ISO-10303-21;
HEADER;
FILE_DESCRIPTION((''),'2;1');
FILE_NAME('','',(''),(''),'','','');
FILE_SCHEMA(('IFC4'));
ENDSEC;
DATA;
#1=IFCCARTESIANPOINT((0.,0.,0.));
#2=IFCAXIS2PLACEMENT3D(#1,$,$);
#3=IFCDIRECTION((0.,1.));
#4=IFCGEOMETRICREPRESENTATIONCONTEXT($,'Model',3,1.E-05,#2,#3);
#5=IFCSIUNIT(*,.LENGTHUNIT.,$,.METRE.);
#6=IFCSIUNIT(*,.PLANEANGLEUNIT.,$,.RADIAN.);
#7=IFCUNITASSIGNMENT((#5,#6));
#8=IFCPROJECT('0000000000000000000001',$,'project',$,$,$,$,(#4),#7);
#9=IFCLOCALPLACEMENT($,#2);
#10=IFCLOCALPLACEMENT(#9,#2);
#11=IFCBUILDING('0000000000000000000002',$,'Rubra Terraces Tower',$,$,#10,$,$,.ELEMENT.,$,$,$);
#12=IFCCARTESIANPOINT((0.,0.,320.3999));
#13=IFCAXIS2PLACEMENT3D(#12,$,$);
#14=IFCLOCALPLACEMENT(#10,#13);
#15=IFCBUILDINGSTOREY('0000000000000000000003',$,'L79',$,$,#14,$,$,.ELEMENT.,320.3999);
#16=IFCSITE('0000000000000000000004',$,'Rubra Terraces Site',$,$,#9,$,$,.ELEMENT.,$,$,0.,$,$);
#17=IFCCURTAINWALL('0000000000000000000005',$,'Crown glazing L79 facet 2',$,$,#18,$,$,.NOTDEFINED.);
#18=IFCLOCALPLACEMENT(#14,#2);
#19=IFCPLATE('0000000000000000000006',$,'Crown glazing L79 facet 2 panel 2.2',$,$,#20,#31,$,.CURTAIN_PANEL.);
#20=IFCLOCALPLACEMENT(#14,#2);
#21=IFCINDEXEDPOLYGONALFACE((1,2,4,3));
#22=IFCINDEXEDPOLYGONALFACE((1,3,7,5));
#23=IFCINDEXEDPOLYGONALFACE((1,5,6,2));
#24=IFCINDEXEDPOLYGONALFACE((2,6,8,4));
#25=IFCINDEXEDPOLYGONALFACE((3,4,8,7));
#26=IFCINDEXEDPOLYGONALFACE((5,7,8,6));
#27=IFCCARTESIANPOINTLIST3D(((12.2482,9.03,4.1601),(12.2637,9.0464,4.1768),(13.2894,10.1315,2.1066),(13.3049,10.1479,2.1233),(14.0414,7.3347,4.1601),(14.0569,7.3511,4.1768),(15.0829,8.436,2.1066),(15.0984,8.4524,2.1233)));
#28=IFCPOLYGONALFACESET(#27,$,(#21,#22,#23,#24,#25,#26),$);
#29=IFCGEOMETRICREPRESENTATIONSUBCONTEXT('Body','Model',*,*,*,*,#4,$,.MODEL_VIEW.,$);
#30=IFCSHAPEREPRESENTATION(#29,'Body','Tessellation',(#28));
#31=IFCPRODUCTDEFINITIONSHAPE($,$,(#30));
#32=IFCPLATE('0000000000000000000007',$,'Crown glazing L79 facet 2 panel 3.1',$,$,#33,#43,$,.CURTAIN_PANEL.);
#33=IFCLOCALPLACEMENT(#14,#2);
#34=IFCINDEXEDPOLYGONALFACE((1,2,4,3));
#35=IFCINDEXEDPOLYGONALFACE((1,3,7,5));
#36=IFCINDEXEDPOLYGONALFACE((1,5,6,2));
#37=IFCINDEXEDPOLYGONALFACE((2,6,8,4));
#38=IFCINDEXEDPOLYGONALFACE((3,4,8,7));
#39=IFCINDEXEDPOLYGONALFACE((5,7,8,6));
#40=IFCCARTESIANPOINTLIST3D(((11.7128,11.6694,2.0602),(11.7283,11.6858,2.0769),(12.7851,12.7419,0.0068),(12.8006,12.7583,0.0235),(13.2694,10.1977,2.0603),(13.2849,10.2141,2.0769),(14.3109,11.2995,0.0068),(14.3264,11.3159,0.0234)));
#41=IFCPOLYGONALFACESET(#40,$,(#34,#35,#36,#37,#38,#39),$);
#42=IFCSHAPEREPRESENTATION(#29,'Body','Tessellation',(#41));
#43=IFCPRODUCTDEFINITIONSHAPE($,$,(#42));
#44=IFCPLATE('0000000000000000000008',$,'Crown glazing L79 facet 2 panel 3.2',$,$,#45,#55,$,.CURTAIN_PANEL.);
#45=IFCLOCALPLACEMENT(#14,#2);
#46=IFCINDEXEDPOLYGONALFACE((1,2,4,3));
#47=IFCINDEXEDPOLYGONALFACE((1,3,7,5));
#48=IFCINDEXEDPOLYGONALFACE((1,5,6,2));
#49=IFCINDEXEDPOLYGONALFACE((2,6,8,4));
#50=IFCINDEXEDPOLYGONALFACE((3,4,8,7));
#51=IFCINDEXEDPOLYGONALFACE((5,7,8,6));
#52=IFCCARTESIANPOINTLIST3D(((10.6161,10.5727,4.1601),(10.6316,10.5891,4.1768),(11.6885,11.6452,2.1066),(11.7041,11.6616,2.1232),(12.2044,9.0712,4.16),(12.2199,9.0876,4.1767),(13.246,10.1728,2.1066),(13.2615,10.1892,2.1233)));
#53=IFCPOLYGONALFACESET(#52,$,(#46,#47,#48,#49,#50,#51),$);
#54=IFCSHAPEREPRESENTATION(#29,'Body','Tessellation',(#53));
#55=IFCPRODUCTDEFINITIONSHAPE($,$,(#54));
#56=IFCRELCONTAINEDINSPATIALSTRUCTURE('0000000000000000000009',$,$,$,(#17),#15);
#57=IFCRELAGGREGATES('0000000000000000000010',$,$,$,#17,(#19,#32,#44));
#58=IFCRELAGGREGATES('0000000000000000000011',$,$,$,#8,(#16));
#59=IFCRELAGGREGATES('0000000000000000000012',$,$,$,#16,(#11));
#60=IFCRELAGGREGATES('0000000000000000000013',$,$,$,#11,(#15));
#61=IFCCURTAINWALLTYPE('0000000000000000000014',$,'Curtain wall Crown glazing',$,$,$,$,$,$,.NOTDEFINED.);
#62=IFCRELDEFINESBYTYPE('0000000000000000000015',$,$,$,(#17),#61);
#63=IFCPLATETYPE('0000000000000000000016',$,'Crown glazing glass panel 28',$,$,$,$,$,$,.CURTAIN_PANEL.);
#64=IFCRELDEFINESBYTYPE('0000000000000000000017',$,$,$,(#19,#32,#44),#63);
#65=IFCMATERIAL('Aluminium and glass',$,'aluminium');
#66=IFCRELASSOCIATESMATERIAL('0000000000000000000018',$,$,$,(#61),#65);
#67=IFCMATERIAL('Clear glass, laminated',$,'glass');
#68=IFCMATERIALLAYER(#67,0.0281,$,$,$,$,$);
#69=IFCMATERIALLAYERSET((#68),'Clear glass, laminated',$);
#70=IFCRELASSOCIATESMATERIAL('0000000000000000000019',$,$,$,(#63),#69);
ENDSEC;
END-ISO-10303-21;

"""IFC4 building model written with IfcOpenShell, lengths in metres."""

from ifc_helpers import new_model, si_unit, direction, frame, origin, place, context, subcontext, project, spatial, polyline, outline, extrude, material, layer, layer_set, type_object, element, aggregate, save


model = new_model("IFC4")

# Units and contexts
model_context = context("Model", 3, precision=1e-05, world=origin(), true_north=direction((0.0, 1.0)))
body_context = subcontext(model_context, "Body", "Model", "MODEL_VIEW")
ifc_project = project(units=[si_unit("LENGTHUNIT", "METRE"), si_unit("PLANEANGLEUNIT", "RADIAN")], contexts=[model_context])

# Site, building, storey
site_placement = place(None, origin())
site = spatial("IfcSite", under=ifc_project, at=site_placement, Name="Rubra Terraces Site", CompositionType="ELEMENT", RefElevation=0.0)
building_placement = place(site_placement, origin())
building = spatial("IfcBuilding", under=site, at=building_placement, Name="Rubra Terraces Tower", CompositionType="ELEMENT")
storey_placement = place(building_placement, frame((0.0, 0.0, 320.3999)))
storey = spatial("IfcBuildingStorey", under=building, at=storey_placement, Name="L79", CompositionType="ELEMENT", Elevation=320.3999)

# Curtain wall
ifc_material_1 = material(Name="Aluminium and glass", Category="aluminium")
curtain_wall_type = type_object("IfcCurtainWallType", Name="Curtain wall Crown glazing", PredefinedType="NOTDEFINED", material=ifc_material_1)
curtain_wall_1_placement = place(storey_placement, origin())
curtain_wall_1 = element("IfcCurtainWall", 1, at=curtain_wall_1_placement, inside=storey, type_object=curtain_wall_type, Name="Crown glazing L79 facet 2", PredefinedType="NOTDEFINED")

# Plates
ifc_material_2 = material(Name="Clear glass, laminated", Category="glass")
ifc_layer = layer(ifc_material_2, 0.0281)
ifc_layer_set = layer_set([ifc_layer], Name="Clear glass, laminated")
plate_type = type_object("IfcPlateType", Name="Crown glazing glass panel 28", PredefinedType="CURTAIN_PANEL", material=ifc_layer_set)
plate_1_placement = place(storey_placement, frame((15.0984, 8.4524, 2.1233), z_axis=(0.552719, 0.584635, 0.593889), x_axis=(-0.726663, 0.686994, -0.000001)))
plate_1 = element("IfcPlate", 2, at=plate_1_placement, type_object=plate_type, Name="Crown glazing L79 facet 2 panel 2.2", PredefinedType="CURTAIN_PANEL", context=body_context, shape_type="SweptSolid", body=[
    extrude(outline(polyline([(0.0, 0.0), (2.4681, 0.0), (2.468, 2.5523), (0.0002, 2.5523), (0.0, 0.0)])), origin(), (0.0, 0.0, -1.0), 0.0281),
])
plate_2_placement = place(storey_placement, frame((14.3264, 11.3159, 0.0234), z_axis=(0.552666, 0.584615, 0.593958), x_axis=(-0.726693, 0.686962, 0.000018)))
plate_2 = element("IfcPlate", 3, at=plate_2_placement, type_object=plate_type, Name="Crown glazing L79 facet 2 panel 3.1", PredefinedType="CURTAIN_PANEL", context=body_context, shape_type="SweptSolid", body=[
    extrude(outline(polyline([(0.0, 0.0), (2.0997, 0.0), (2.1422, 2.5524), (0.0, 2.5525), (0.0, 0.0)])), origin(), (0.0, 0.0, -1.0), 0.0281),
])
plate_3_placement = place(storey_placement, frame((13.2615, 10.1892, 2.1233), z_axis=(0.55267, 0.584612, 0.593957), x_axis=(-0.726669, 0.686987, -0.000021)))
plate_3 = element("IfcPlate", 4, at=plate_3_placement, type_object=plate_type, Name="Crown glazing L79 facet 2 panel 3.2", PredefinedType="CURTAIN_PANEL", context=body_context, shape_type="SweptSolid", body=[
    extrude(outline(polyline([(0.0, 0.0), (2.1432, 0.0), (2.1857, 2.5525), (0.0, 2.5524), (0.0, 0.0)])), origin(), (0.0, 0.0, -1.0), 0.0281),
])
aggregate(curtain_wall_1, [plate_1, plate_2, plate_3])

save(model, "model.ifc")
